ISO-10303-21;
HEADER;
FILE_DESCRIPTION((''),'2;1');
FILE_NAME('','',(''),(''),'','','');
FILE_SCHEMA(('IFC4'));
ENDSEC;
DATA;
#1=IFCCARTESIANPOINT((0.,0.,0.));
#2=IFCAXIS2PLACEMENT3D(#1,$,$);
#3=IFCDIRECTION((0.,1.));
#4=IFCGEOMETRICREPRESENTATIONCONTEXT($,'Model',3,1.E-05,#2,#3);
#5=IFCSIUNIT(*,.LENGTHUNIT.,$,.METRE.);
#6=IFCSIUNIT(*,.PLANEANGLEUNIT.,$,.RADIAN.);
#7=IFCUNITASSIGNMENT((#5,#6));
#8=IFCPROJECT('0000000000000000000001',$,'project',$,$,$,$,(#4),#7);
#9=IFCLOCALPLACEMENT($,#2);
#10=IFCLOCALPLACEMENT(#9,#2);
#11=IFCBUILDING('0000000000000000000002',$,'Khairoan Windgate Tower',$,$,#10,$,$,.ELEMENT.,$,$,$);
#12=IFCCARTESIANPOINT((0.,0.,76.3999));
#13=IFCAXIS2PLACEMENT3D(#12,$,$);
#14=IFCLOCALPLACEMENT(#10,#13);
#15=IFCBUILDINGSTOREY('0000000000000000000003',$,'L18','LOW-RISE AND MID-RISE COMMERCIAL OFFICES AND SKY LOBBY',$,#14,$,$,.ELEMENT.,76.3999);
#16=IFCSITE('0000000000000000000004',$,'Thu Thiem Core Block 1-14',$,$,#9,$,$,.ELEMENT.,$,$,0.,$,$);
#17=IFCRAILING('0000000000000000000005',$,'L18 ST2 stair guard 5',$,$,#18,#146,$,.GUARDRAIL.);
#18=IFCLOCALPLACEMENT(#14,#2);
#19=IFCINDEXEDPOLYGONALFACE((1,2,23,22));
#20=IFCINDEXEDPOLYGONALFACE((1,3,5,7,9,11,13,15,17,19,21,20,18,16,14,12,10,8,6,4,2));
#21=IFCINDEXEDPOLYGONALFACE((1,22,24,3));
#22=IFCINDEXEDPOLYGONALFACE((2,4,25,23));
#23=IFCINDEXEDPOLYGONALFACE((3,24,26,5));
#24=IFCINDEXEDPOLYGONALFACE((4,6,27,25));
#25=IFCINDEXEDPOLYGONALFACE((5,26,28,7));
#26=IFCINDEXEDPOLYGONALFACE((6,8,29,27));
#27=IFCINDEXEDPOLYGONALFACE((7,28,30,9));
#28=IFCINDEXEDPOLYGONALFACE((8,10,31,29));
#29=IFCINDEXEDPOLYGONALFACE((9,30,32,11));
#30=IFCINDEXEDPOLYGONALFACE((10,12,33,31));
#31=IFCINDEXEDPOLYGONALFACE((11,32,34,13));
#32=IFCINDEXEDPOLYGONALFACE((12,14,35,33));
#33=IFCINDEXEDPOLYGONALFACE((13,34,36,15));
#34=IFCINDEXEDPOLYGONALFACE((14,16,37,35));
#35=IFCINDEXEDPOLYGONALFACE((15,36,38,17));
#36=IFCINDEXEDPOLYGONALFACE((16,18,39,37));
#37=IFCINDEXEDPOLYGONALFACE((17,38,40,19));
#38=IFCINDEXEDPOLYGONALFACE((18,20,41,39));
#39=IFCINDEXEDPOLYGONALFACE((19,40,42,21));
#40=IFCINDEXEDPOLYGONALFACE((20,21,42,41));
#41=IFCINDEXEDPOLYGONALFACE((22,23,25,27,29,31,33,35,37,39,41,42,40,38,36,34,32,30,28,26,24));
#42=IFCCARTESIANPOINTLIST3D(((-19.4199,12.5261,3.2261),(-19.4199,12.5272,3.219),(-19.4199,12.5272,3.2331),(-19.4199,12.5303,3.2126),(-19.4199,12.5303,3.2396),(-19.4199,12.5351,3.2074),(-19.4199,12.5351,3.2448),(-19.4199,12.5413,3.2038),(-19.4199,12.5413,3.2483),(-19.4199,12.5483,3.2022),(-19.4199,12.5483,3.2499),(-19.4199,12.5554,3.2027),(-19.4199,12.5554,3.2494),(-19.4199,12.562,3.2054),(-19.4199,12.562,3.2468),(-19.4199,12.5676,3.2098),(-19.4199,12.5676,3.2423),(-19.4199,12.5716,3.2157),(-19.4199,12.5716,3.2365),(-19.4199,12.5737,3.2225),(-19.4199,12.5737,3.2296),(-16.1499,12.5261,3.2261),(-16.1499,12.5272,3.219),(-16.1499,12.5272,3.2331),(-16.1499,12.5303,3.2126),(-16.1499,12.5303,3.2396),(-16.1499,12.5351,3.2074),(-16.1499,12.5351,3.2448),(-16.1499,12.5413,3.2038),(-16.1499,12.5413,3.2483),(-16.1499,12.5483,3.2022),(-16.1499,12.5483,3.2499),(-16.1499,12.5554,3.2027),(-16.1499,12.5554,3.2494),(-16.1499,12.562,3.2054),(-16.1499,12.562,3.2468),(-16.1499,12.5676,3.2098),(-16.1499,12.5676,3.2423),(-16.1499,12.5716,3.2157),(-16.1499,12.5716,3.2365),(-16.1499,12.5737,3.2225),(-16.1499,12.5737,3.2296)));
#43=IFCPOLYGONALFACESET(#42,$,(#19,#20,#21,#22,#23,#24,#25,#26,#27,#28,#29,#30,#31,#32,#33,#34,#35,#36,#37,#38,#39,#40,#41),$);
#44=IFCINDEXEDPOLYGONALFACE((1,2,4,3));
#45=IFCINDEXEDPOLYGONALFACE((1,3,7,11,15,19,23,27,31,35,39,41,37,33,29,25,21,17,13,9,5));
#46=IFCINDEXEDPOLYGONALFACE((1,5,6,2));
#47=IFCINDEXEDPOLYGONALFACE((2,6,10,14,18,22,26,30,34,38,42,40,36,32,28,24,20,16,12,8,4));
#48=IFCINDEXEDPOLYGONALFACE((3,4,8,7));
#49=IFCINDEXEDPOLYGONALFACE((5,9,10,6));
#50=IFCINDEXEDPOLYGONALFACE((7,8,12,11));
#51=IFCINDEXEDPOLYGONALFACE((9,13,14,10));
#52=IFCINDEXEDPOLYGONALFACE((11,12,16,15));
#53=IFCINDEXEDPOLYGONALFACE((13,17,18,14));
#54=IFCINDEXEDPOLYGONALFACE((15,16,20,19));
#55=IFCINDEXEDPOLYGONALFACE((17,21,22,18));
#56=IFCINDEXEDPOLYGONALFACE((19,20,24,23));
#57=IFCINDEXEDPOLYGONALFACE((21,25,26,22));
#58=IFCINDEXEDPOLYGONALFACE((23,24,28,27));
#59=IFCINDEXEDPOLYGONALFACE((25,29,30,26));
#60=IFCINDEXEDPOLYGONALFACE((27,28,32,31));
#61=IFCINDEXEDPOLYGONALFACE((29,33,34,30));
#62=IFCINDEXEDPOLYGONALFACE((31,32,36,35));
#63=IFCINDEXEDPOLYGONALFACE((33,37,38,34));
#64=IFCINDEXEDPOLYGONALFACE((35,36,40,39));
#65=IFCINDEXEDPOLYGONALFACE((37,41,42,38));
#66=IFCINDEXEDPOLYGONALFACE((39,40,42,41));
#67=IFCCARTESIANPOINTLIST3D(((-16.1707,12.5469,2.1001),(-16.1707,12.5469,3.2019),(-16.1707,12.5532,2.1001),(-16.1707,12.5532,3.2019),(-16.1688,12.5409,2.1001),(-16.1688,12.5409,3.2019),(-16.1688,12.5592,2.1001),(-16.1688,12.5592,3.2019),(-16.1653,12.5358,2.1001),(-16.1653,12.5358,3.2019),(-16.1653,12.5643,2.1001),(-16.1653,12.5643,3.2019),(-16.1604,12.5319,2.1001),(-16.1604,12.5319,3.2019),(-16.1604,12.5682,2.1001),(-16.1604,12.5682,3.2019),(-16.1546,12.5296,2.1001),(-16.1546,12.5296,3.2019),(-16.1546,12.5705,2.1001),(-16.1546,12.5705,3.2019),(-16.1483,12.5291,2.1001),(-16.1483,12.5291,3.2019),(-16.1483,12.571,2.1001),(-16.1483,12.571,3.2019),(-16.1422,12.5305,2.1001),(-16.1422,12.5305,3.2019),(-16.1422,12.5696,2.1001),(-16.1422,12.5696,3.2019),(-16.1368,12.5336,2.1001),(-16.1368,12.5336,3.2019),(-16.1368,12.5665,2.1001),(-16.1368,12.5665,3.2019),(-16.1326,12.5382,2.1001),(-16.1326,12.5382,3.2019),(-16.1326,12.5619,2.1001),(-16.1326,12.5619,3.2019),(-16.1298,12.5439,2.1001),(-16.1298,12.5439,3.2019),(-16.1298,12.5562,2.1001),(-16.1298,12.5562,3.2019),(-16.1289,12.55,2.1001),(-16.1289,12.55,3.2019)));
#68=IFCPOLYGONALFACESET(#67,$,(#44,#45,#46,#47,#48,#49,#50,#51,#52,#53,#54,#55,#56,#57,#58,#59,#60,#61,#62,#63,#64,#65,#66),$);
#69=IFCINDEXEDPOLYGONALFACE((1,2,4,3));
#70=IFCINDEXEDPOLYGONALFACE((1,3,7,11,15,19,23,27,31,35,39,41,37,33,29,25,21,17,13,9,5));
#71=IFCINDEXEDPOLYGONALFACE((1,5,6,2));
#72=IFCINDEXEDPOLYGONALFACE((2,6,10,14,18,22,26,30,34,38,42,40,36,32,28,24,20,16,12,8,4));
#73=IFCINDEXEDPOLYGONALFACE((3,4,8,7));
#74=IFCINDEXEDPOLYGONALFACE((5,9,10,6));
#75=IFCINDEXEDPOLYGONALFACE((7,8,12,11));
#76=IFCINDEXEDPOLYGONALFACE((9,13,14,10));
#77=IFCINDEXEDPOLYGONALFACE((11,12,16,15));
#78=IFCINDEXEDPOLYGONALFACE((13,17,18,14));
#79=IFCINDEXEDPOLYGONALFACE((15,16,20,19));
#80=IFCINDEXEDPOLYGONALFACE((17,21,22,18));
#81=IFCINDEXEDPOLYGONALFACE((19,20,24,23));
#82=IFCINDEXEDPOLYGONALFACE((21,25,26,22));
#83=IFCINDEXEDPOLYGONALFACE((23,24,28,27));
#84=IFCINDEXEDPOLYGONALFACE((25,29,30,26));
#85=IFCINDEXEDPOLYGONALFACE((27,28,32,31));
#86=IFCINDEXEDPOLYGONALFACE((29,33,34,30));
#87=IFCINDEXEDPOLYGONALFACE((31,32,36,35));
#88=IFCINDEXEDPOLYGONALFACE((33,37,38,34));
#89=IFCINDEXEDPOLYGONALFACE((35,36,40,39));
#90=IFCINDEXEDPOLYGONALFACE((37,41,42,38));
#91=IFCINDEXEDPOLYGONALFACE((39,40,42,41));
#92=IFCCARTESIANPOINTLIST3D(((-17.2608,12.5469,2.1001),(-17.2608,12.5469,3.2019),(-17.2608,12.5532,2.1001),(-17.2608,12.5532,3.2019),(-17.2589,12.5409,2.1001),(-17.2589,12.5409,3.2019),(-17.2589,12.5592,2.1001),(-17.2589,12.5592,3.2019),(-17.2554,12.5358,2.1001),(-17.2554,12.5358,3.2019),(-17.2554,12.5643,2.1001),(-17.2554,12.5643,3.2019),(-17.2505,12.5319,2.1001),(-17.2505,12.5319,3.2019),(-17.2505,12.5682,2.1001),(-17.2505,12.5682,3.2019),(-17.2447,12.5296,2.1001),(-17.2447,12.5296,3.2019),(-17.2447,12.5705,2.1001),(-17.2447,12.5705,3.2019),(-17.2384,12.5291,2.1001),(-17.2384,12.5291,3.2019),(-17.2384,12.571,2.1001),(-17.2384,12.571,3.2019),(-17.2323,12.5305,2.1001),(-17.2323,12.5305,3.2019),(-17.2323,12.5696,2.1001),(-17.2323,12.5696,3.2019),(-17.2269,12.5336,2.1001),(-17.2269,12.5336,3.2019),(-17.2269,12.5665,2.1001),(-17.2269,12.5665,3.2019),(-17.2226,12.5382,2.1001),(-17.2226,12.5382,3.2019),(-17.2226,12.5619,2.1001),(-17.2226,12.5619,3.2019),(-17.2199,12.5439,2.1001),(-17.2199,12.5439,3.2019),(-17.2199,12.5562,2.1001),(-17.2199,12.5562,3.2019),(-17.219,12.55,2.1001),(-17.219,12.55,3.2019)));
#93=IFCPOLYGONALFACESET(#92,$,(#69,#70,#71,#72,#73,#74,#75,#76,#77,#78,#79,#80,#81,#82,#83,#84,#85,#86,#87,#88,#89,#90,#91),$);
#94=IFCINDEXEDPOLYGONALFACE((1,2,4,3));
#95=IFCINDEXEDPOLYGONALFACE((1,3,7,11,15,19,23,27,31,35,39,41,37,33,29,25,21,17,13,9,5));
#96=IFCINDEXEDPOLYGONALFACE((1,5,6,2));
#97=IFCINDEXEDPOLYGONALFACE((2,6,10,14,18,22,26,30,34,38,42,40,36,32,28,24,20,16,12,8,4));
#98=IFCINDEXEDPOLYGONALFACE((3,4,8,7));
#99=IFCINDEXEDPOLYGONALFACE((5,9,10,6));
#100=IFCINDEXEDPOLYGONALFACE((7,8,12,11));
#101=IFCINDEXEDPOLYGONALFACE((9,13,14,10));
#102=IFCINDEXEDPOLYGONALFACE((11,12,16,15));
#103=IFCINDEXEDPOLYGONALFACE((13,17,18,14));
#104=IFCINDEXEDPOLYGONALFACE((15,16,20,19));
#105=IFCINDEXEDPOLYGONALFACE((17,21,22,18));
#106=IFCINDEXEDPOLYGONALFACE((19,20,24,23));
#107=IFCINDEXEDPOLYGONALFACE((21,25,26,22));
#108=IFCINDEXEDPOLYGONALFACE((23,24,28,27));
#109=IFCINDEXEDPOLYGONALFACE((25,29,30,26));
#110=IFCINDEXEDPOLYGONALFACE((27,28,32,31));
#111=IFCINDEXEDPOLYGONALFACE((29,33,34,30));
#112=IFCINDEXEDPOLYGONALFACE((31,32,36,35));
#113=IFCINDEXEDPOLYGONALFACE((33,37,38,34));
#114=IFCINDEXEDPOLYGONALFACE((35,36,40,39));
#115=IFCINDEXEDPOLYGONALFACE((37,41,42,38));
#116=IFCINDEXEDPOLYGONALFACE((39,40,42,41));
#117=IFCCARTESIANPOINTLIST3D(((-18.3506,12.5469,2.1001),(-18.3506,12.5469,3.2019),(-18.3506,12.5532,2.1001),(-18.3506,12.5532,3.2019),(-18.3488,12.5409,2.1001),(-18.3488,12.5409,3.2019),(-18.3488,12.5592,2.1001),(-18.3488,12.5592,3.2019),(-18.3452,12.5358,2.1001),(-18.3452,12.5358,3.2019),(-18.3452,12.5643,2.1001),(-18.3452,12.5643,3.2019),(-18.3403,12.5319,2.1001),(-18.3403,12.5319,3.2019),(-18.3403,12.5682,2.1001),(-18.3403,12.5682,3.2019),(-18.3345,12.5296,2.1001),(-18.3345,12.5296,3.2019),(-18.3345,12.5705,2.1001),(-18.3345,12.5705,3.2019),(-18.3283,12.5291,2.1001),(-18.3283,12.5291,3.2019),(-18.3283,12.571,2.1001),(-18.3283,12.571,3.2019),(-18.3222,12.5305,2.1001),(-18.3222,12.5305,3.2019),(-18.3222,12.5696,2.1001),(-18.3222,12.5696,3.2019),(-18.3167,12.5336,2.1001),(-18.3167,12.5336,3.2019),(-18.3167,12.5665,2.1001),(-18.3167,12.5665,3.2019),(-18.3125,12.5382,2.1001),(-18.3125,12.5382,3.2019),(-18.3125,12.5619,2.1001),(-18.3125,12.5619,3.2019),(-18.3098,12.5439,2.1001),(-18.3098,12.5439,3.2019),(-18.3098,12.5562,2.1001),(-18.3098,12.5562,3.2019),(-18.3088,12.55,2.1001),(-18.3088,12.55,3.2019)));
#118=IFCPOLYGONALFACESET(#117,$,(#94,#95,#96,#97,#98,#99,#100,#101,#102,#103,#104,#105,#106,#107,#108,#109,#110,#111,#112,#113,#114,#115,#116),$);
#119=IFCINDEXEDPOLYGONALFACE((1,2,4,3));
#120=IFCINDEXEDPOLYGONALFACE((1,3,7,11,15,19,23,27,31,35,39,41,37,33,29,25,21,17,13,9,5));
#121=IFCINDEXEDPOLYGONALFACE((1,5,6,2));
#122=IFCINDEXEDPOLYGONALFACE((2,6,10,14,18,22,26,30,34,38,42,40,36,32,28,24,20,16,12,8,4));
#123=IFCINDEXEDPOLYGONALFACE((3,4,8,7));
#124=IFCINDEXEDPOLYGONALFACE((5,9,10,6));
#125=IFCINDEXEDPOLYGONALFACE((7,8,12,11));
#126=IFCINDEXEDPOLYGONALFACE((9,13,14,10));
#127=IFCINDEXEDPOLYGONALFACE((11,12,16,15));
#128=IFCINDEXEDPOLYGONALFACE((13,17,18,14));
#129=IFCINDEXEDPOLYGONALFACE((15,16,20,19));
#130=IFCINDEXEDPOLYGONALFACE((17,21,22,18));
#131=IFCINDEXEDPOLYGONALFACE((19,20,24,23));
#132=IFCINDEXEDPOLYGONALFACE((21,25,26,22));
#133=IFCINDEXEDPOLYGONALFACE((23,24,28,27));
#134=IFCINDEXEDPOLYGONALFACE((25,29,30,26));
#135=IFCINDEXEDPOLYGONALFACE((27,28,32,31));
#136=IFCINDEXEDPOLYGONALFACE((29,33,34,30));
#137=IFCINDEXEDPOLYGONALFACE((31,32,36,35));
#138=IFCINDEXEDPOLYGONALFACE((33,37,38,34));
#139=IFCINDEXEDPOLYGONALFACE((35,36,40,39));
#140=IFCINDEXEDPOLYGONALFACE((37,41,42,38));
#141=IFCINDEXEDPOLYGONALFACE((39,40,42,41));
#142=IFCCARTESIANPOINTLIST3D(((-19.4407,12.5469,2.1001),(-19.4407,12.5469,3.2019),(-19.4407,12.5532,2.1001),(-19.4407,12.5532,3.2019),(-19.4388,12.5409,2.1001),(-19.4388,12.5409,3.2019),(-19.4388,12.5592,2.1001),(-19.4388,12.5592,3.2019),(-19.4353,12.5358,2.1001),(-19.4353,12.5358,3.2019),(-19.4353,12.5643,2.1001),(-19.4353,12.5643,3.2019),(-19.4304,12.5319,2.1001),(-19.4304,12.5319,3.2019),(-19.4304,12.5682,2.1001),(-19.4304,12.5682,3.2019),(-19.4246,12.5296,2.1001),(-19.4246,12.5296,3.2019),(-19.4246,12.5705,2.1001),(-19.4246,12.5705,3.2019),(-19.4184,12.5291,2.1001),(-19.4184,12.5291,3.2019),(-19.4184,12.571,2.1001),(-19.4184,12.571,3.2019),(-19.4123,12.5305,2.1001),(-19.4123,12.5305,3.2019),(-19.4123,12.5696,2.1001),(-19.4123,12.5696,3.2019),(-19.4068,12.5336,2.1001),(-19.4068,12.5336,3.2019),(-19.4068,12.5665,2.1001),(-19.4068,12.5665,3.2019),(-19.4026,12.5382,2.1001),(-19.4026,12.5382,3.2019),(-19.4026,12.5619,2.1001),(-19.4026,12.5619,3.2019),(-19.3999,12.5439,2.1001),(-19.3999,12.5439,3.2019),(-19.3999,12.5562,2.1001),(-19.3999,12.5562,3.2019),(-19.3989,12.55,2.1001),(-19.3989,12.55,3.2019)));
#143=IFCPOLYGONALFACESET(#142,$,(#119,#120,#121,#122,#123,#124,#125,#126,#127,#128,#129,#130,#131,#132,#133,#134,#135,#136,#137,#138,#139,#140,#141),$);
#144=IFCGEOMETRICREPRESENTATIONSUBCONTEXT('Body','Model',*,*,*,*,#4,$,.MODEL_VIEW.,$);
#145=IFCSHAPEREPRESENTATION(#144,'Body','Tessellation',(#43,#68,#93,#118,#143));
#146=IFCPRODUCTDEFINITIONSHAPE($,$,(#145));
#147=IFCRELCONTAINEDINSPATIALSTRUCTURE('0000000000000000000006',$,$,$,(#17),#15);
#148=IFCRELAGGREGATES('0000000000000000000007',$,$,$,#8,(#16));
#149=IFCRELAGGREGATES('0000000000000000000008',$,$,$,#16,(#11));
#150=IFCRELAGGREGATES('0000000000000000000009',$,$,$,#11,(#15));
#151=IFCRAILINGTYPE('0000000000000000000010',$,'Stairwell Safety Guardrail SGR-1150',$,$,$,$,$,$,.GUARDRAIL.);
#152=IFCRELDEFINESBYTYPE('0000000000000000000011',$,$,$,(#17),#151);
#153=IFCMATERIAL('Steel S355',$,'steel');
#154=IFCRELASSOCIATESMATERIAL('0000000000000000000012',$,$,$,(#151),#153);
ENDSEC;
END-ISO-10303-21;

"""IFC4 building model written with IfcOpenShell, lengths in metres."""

from ifc_helpers import new_model, si_unit, direction, frame, origin, origin_2d, place, context, subcontext, project, spatial, circle, extrude, material, type_object, element, save


model = new_model("IFC4")

# Units and contexts
model_context = context("Model", 3, precision=1e-05, world=origin(), true_north=direction((0.0, 1.0)))
body_context = subcontext(model_context, "Body", "Model", "MODEL_VIEW")
ifc_project = project(units=[si_unit("LENGTHUNIT", "METRE"), si_unit("PLANEANGLEUNIT", "RADIAN")], contexts=[model_context])

# Site, building, storey
site_placement = place(None, origin())
site = spatial("IfcSite", under=ifc_project, at=site_placement, Name="Thu Thiem Core Block 1-14", CompositionType="ELEMENT", RefElevation=0.0)
building_placement = place(site_placement, origin())
building = spatial("IfcBuilding", under=site, at=building_placement, Name="Khairoan Windgate Tower", CompositionType="ELEMENT")
storey_placement = place(building_placement, frame((0.0, 0.0, 76.3999)))
storey = spatial("IfcBuildingStorey", under=building, at=storey_placement, Name="L18", Description="LOW-RISE AND MID-RISE COMMERCIAL OFFICES AND SKY LOBBY", CompositionType="ELEMENT", Elevation=76.3999)

# Railing
ifc_material_1 = material(Name="Steel S355", Category="steel")
railing_type = type_object("IfcRailingType", Name="Stairwell Safety Guardrail SGR-1150", PredefinedType="GUARDRAIL", material=ifc_material_1)
railing_1_placement = place(storey_placement, frame((-16.1499, 12.55, 2.1001)))
element("IfcRailing", 1, at=railing_1_placement, inside=storey, type_object=railing_type, Name="L18 ST2 stair guard 5", PredefinedType="GUARDRAIL", context=body_context, shape_type="SweptSolid", body=[
    extrude(circle(Radius=0.0239, at=origin_2d()), frame((0.0, 0.0, 1.126), z_axis=(-1.0, 0.0, 0.0), x_axis=(0.0, -1.0, 0.0)), (0.0, 0.0, 1.0), 3.27),
    extrude(circle(Radius=0.021, at=origin_2d()), origin(), (0.0, 0.0, 1.0), 1.1018),
    extrude(circle(Radius=0.021, at=origin_2d()), frame((-1.0901, 0.0, 0.0)), (0.0, 0.0, 1.0), 1.1018),
    extrude(circle(Radius=0.021, at=origin_2d()), frame((-2.1799, 0.0, 0.0)), (0.0, 0.0, 1.0), 1.1018),
    extrude(circle(Radius=0.021, at=origin_2d()), frame((-3.27, 0.0, 0.0)), (0.0, 0.0, 1.0), 1.1018),
])

save(model, "model.ifc")
